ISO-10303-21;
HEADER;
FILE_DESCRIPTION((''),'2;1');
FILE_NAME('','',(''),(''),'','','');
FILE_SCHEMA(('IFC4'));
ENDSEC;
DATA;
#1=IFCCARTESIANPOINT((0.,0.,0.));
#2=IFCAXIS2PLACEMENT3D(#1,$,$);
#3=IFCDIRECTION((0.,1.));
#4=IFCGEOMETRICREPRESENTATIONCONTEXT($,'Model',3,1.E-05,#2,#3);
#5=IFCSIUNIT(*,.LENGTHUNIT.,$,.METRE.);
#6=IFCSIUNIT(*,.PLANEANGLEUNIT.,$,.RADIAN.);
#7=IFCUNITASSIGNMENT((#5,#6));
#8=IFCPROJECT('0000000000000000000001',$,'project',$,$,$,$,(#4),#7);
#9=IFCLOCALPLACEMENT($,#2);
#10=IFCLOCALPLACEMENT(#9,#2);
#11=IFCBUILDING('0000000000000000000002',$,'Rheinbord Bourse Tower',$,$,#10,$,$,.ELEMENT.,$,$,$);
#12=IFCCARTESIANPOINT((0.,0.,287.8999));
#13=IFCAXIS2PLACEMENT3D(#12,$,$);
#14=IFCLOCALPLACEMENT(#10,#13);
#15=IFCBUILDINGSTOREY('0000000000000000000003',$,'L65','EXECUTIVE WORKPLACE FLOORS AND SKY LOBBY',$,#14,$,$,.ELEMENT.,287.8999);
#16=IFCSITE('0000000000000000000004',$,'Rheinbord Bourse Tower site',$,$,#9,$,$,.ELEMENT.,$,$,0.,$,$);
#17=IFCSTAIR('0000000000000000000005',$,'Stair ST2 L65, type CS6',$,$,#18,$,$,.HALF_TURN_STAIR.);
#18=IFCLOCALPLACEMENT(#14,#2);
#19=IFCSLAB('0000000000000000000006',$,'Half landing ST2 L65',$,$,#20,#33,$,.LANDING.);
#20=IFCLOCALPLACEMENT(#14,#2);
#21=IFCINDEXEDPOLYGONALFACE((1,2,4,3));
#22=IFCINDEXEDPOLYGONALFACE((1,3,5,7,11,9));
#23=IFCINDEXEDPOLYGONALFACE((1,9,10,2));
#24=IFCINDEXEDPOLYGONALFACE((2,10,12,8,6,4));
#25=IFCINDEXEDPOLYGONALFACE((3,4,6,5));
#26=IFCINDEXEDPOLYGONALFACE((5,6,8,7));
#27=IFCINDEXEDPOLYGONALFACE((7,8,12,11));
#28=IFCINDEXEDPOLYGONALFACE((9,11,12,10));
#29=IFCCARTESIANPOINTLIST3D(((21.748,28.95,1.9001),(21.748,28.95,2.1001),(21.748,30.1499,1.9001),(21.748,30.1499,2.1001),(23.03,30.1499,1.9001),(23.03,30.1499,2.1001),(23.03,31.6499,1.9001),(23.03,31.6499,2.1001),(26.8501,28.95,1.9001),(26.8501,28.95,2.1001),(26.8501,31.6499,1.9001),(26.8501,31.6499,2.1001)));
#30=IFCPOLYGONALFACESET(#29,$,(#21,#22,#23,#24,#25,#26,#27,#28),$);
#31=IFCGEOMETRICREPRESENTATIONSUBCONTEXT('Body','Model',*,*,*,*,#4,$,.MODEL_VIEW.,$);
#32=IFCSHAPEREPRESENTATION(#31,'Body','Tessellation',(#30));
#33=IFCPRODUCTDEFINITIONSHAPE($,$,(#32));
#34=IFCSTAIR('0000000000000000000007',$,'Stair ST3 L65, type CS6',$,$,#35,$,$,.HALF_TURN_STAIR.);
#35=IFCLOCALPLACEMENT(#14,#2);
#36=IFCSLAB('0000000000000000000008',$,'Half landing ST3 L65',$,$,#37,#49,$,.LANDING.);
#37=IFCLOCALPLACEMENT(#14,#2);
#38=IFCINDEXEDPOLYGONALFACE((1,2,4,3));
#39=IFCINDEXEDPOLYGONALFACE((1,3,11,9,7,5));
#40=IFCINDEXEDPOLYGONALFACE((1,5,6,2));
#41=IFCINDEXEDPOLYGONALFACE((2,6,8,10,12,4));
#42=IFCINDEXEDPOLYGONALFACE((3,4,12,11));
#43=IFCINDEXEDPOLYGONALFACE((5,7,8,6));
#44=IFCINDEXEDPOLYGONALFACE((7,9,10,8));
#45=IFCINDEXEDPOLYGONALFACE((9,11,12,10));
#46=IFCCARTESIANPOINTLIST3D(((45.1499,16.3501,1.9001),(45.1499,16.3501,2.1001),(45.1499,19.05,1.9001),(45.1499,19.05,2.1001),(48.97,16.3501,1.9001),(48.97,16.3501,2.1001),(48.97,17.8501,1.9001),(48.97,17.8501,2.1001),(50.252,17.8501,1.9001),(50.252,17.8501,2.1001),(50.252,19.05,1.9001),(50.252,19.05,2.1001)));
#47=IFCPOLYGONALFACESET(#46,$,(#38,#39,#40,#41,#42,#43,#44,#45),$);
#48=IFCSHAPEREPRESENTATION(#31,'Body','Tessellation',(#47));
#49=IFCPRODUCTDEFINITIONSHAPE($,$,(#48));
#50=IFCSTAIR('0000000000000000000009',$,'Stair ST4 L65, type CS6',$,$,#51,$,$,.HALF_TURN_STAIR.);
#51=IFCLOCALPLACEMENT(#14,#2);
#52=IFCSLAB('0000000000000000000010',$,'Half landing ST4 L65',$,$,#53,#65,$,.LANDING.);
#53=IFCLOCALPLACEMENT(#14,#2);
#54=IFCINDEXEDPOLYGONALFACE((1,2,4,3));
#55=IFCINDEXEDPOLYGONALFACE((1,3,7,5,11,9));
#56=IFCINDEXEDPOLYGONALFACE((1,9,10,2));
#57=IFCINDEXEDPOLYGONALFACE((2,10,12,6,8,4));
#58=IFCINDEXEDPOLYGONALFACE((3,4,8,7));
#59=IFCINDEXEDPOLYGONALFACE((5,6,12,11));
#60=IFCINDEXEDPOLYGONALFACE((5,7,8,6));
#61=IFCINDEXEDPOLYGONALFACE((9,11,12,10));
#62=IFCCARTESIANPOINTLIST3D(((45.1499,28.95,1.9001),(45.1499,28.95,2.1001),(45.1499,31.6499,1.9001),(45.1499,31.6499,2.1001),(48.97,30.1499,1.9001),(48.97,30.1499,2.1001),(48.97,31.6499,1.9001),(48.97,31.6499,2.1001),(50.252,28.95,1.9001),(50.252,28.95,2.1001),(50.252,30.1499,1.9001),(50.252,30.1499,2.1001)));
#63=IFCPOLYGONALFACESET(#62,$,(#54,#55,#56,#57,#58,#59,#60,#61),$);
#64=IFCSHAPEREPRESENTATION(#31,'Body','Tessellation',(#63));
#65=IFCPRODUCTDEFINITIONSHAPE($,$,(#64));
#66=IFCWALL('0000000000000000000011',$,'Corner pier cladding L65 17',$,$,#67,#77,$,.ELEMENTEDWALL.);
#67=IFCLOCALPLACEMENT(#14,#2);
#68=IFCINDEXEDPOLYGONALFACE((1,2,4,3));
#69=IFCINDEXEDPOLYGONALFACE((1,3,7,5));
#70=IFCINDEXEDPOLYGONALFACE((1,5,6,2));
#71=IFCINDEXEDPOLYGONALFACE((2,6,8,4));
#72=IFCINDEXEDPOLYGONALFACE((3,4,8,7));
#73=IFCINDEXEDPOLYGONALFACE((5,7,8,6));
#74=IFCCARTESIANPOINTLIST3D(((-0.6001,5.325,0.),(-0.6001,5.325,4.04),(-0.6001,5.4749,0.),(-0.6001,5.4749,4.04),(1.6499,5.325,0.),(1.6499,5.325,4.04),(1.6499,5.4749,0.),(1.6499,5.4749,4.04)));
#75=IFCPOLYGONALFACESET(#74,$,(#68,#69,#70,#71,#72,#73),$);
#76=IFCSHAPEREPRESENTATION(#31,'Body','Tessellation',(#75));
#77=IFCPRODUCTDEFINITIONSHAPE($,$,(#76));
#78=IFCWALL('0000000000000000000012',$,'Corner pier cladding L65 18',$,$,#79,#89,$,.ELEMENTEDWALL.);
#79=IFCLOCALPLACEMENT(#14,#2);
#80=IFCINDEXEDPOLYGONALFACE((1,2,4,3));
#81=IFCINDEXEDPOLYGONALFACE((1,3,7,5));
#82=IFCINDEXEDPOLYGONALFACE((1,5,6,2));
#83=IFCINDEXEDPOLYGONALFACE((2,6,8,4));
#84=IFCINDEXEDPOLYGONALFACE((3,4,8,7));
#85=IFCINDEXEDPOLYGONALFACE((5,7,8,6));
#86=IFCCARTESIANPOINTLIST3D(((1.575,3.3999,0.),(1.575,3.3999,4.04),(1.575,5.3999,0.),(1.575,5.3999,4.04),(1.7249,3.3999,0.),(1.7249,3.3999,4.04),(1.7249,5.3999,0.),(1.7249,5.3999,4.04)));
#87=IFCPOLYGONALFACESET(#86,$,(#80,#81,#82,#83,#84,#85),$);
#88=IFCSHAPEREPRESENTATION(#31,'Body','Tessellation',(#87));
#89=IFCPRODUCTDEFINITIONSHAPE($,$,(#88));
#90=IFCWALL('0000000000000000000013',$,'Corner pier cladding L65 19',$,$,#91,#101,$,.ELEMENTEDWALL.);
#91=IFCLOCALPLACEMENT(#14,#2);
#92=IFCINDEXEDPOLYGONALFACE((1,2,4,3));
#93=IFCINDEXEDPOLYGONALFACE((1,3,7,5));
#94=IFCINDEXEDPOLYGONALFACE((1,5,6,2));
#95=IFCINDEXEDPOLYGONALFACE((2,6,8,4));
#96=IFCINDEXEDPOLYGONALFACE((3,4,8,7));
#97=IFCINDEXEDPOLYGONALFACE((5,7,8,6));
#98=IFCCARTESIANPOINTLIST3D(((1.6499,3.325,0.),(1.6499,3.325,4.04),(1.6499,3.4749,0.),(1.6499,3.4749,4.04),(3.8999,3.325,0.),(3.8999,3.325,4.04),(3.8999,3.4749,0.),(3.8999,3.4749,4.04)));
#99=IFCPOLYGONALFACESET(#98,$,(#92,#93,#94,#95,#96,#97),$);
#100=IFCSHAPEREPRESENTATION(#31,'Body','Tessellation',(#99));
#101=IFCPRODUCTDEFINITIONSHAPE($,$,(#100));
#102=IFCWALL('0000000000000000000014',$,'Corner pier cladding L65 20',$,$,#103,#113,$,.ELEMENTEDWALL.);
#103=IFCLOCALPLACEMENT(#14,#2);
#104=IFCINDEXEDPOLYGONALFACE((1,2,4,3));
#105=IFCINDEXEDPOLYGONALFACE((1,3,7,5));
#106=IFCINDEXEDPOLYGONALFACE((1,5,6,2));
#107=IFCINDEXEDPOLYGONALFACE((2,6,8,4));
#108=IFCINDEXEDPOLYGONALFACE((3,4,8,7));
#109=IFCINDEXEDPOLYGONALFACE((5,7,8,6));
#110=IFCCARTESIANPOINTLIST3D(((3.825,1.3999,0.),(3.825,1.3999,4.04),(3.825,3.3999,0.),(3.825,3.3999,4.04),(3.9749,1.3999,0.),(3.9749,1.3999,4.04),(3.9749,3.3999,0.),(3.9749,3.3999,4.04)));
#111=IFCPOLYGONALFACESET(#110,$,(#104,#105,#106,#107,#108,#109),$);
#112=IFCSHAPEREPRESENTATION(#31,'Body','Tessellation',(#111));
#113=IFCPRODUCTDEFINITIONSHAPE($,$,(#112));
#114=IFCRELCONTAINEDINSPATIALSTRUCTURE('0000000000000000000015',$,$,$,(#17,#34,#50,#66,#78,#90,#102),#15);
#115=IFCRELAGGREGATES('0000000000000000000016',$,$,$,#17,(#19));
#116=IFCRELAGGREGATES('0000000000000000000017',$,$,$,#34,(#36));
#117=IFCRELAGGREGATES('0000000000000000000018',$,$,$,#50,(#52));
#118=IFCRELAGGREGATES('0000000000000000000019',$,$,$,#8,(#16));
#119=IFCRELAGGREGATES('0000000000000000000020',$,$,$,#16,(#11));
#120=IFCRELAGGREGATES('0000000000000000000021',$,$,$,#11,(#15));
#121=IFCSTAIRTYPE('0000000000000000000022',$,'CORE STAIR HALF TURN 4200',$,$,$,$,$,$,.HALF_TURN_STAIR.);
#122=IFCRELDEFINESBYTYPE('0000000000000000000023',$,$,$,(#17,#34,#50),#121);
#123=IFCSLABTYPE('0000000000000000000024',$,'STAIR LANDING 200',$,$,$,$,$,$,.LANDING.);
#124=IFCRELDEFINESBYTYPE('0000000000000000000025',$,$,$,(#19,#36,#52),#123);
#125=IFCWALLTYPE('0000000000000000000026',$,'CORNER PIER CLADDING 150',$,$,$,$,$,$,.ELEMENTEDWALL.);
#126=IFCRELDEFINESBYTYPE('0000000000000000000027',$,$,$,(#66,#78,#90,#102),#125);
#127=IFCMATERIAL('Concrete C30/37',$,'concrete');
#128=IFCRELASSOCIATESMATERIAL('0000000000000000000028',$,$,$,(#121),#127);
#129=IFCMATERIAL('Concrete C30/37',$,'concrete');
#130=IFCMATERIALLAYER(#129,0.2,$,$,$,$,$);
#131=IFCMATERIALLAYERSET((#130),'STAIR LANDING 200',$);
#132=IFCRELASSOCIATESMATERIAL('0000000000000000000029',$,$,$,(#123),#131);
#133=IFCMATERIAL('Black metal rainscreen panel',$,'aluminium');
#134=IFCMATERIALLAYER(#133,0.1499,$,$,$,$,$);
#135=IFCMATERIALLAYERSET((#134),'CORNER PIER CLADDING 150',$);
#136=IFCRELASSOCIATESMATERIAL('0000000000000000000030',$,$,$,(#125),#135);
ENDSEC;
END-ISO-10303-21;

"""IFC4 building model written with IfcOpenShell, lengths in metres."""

from ifc_helpers import new_model, si_unit, direction, frame, frame_2d, origin, place, context, subcontext, project, spatial, polyline, rectangle, outline, extrude, material, layer, layer_set, type_object, element, aggregate, save


model = new_model("IFC4")

# Units and contexts
model_context = context("Model", 3, precision=1e-05, world=origin(), true_north=direction((0.0, 1.0)))
body_context = subcontext(model_context, "Body", "Model", "MODEL_VIEW")
ifc_project = project(units=[si_unit("LENGTHUNIT", "METRE"), si_unit("PLANEANGLEUNIT", "RADIAN")], contexts=[model_context])

# Site, building, storey
site_placement = place(None, origin())
site = spatial("IfcSite", under=ifc_project, at=site_placement, Name="Rheinbord Bourse Tower site", CompositionType="ELEMENT", RefElevation=0.0)
building_placement = place(site_placement, origin())
building = spatial("IfcBuilding", under=site, at=building_placement, Name="Rheinbord Bourse Tower", CompositionType="ELEMENT")
storey_placement = place(building_placement, frame((0.0, 0.0, 287.8999)))
storey = spatial("IfcBuildingStorey", under=building, at=storey_placement, Name="L65", Description="EXECUTIVE WORKPLACE FLOORS AND SKY LOBBY", CompositionType="ELEMENT", Elevation=287.8999)

# Stairs, slabs
ifc_material_1 = material(Name="Concrete C30/37", Category="concrete")
stair_type = type_object("IfcStairType", Name="CORE STAIR HALF TURN 4200", PredefinedType="HALF_TURN_STAIR", material=ifc_material_1)
ifc_material_2 = material(Name="Concrete C30/37", Category="concrete")
ifc_layer_1 = layer(ifc_material_2, 0.2)
ifc_layer_set_1 = layer_set([ifc_layer_1], Name="STAIR LANDING 200")
slab_type_1 = type_object("IfcSlabType", Name="STAIR LANDING 200", PredefinedType="LANDING", material=ifc_layer_set_1)
stair_1_placement = place(storey_placement, origin())
stair_1 = element("IfcStair", 1, at=stair_1_placement, inside=storey, type_object=stair_type, Name="Stair ST2 L65, type CS6", PredefinedType="HALF_TURN_STAIR")
slab_1_placement = place(storey_placement, frame((0.0, 0.0, 1.9001)))
slab_1 = element("IfcSlab", 2, at=slab_1_placement, type_object=slab_type_1, Name="Half landing ST2 L65", PredefinedType="LANDING", context=body_context, shape_type="SweptSolid", body=[
    extrude(outline(polyline([(21.748, 28.95), (26.8501, 28.95), (26.8501, 31.6499), (23.03, 31.6499), (23.03, 30.1499), (21.748, 30.1499), (21.748, 28.95)])), origin(), (0.0, 0.0, 1.0), 0.2),
])
aggregate(stair_1, [slab_1])
stair_2_placement = place(storey_placement, origin())
stair_2 = element("IfcStair", 3, at=stair_2_placement, inside=storey, type_object=stair_type, Name="Stair ST3 L65, type CS6", PredefinedType="HALF_TURN_STAIR")
slab_2_placement = place(storey_placement, frame((0.0, 0.0, 1.9001)))
slab_2 = element("IfcSlab", 4, at=slab_2_placement, type_object=slab_type_1, Name="Half landing ST3 L65", PredefinedType="LANDING", context=body_context, shape_type="SweptSolid", body=[
    extrude(outline(polyline([(45.1499, 16.3501), (48.97, 16.3501), (48.97, 17.8501), (50.252, 17.8501), (50.252, 19.05), (45.1499, 19.05), (45.1499, 16.3501)])), origin(), (0.0, 0.0, 1.0), 0.2),
])
aggregate(stair_2, [slab_2])
stair_3_placement = place(storey_placement, origin())
stair_3 = element("IfcStair", 5, at=stair_3_placement, inside=storey, type_object=stair_type, Name="Stair ST4 L65, type CS6", PredefinedType="HALF_TURN_STAIR")
slab_3_placement = place(storey_placement, frame((0.0, 0.0, 1.9001)))
slab_3 = element("IfcSlab", 6, at=slab_3_placement, type_object=slab_type_1, Name="Half landing ST4 L65", PredefinedType="LANDING", context=body_context, shape_type="SweptSolid", body=[
    extrude(outline(polyline([(45.1499, 28.95), (50.252, 28.95), (50.252, 30.1499), (48.97, 30.1499), (48.97, 31.6499), (45.1499, 31.6499), (45.1499, 28.95)])), origin(), (0.0, 0.0, 1.0), 0.2),
])
aggregate(stair_3, [slab_3])

# Walls
ifc_material_3 = material(Name="Black metal rainscreen panel", Category="aluminium")
ifc_layer_2 = layer(ifc_material_3, 0.1499)
ifc_layer_set_2 = layer_set([ifc_layer_2], Name="CORNER PIER CLADDING 150")
wall_type = type_object("IfcWallType", Name="CORNER PIER CLADDING 150", PredefinedType="ELEMENTEDWALL", material=ifc_layer_set_2)
wall_1_placement = place(storey_placement, frame((-0.6001, 5.3999, 0.0), z_axis=(0.0, 0.0, 1.0), x_axis=(1.0, 0.0, 0.0)))
element("IfcWall", 7, at=wall_1_placement, inside=storey, type_object=wall_type, Name="Corner pier cladding L65 17", PredefinedType="ELEMENTEDWALL", context=body_context, shape_type="SweptSolid", body=[
    extrude(rectangle(XDim=2.25, YDim=0.1499, at=frame_2d((1.125, 0.0))), origin(), (0.0, 0.0, 1.0), 4.04),
])
wall_2_placement = place(storey_placement, frame((1.6499, 5.3999, 0.0), z_axis=(0.0, 0.0, 1.0), x_axis=(0.0, -1.0, 0.0)))
element("IfcWall", 8, at=wall_2_placement, inside=storey, type_object=wall_type, Name="Corner pier cladding L65 18", PredefinedType="ELEMENTEDWALL", context=body_context, shape_type="SweptSolid", body=[
    extrude(rectangle(XDim=2.0, YDim=0.1499, at=frame_2d((1.0, 0.0))), origin(), (0.0, 0.0, 1.0), 4.04),
])
wall_3_placement = place(storey_placement, frame((1.6499, 3.3999, 0.0), z_axis=(0.0, 0.0, 1.0), x_axis=(1.0, 0.0, 0.0)))
element("IfcWall", 9, at=wall_3_placement, inside=storey, type_object=wall_type, Name="Corner pier cladding L65 19", PredefinedType="ELEMENTEDWALL", context=body_context, shape_type="SweptSolid", body=[
    extrude(rectangle(XDim=2.25, YDim=0.1499, at=frame_2d((1.125, 0.0))), origin(), (0.0, 0.0, 1.0), 4.04),
])
wall_4_placement = place(storey_placement, frame((3.8999, 3.3999, 0.0), z_axis=(0.0, 0.0, 1.0), x_axis=(0.0, -1.0, 0.0)))
element("IfcWall", 10, at=wall_4_placement, inside=storey, type_object=wall_type, Name="Corner pier cladding L65 20", PredefinedType="ELEMENTEDWALL", context=body_context, shape_type="SweptSolid", body=[
    extrude(rectangle(XDim=2.0, YDim=0.1499, at=frame_2d((1.0, 0.0))), origin(), (0.0, 0.0, 1.0), 4.04),
])

save(model, "model.ifc")
